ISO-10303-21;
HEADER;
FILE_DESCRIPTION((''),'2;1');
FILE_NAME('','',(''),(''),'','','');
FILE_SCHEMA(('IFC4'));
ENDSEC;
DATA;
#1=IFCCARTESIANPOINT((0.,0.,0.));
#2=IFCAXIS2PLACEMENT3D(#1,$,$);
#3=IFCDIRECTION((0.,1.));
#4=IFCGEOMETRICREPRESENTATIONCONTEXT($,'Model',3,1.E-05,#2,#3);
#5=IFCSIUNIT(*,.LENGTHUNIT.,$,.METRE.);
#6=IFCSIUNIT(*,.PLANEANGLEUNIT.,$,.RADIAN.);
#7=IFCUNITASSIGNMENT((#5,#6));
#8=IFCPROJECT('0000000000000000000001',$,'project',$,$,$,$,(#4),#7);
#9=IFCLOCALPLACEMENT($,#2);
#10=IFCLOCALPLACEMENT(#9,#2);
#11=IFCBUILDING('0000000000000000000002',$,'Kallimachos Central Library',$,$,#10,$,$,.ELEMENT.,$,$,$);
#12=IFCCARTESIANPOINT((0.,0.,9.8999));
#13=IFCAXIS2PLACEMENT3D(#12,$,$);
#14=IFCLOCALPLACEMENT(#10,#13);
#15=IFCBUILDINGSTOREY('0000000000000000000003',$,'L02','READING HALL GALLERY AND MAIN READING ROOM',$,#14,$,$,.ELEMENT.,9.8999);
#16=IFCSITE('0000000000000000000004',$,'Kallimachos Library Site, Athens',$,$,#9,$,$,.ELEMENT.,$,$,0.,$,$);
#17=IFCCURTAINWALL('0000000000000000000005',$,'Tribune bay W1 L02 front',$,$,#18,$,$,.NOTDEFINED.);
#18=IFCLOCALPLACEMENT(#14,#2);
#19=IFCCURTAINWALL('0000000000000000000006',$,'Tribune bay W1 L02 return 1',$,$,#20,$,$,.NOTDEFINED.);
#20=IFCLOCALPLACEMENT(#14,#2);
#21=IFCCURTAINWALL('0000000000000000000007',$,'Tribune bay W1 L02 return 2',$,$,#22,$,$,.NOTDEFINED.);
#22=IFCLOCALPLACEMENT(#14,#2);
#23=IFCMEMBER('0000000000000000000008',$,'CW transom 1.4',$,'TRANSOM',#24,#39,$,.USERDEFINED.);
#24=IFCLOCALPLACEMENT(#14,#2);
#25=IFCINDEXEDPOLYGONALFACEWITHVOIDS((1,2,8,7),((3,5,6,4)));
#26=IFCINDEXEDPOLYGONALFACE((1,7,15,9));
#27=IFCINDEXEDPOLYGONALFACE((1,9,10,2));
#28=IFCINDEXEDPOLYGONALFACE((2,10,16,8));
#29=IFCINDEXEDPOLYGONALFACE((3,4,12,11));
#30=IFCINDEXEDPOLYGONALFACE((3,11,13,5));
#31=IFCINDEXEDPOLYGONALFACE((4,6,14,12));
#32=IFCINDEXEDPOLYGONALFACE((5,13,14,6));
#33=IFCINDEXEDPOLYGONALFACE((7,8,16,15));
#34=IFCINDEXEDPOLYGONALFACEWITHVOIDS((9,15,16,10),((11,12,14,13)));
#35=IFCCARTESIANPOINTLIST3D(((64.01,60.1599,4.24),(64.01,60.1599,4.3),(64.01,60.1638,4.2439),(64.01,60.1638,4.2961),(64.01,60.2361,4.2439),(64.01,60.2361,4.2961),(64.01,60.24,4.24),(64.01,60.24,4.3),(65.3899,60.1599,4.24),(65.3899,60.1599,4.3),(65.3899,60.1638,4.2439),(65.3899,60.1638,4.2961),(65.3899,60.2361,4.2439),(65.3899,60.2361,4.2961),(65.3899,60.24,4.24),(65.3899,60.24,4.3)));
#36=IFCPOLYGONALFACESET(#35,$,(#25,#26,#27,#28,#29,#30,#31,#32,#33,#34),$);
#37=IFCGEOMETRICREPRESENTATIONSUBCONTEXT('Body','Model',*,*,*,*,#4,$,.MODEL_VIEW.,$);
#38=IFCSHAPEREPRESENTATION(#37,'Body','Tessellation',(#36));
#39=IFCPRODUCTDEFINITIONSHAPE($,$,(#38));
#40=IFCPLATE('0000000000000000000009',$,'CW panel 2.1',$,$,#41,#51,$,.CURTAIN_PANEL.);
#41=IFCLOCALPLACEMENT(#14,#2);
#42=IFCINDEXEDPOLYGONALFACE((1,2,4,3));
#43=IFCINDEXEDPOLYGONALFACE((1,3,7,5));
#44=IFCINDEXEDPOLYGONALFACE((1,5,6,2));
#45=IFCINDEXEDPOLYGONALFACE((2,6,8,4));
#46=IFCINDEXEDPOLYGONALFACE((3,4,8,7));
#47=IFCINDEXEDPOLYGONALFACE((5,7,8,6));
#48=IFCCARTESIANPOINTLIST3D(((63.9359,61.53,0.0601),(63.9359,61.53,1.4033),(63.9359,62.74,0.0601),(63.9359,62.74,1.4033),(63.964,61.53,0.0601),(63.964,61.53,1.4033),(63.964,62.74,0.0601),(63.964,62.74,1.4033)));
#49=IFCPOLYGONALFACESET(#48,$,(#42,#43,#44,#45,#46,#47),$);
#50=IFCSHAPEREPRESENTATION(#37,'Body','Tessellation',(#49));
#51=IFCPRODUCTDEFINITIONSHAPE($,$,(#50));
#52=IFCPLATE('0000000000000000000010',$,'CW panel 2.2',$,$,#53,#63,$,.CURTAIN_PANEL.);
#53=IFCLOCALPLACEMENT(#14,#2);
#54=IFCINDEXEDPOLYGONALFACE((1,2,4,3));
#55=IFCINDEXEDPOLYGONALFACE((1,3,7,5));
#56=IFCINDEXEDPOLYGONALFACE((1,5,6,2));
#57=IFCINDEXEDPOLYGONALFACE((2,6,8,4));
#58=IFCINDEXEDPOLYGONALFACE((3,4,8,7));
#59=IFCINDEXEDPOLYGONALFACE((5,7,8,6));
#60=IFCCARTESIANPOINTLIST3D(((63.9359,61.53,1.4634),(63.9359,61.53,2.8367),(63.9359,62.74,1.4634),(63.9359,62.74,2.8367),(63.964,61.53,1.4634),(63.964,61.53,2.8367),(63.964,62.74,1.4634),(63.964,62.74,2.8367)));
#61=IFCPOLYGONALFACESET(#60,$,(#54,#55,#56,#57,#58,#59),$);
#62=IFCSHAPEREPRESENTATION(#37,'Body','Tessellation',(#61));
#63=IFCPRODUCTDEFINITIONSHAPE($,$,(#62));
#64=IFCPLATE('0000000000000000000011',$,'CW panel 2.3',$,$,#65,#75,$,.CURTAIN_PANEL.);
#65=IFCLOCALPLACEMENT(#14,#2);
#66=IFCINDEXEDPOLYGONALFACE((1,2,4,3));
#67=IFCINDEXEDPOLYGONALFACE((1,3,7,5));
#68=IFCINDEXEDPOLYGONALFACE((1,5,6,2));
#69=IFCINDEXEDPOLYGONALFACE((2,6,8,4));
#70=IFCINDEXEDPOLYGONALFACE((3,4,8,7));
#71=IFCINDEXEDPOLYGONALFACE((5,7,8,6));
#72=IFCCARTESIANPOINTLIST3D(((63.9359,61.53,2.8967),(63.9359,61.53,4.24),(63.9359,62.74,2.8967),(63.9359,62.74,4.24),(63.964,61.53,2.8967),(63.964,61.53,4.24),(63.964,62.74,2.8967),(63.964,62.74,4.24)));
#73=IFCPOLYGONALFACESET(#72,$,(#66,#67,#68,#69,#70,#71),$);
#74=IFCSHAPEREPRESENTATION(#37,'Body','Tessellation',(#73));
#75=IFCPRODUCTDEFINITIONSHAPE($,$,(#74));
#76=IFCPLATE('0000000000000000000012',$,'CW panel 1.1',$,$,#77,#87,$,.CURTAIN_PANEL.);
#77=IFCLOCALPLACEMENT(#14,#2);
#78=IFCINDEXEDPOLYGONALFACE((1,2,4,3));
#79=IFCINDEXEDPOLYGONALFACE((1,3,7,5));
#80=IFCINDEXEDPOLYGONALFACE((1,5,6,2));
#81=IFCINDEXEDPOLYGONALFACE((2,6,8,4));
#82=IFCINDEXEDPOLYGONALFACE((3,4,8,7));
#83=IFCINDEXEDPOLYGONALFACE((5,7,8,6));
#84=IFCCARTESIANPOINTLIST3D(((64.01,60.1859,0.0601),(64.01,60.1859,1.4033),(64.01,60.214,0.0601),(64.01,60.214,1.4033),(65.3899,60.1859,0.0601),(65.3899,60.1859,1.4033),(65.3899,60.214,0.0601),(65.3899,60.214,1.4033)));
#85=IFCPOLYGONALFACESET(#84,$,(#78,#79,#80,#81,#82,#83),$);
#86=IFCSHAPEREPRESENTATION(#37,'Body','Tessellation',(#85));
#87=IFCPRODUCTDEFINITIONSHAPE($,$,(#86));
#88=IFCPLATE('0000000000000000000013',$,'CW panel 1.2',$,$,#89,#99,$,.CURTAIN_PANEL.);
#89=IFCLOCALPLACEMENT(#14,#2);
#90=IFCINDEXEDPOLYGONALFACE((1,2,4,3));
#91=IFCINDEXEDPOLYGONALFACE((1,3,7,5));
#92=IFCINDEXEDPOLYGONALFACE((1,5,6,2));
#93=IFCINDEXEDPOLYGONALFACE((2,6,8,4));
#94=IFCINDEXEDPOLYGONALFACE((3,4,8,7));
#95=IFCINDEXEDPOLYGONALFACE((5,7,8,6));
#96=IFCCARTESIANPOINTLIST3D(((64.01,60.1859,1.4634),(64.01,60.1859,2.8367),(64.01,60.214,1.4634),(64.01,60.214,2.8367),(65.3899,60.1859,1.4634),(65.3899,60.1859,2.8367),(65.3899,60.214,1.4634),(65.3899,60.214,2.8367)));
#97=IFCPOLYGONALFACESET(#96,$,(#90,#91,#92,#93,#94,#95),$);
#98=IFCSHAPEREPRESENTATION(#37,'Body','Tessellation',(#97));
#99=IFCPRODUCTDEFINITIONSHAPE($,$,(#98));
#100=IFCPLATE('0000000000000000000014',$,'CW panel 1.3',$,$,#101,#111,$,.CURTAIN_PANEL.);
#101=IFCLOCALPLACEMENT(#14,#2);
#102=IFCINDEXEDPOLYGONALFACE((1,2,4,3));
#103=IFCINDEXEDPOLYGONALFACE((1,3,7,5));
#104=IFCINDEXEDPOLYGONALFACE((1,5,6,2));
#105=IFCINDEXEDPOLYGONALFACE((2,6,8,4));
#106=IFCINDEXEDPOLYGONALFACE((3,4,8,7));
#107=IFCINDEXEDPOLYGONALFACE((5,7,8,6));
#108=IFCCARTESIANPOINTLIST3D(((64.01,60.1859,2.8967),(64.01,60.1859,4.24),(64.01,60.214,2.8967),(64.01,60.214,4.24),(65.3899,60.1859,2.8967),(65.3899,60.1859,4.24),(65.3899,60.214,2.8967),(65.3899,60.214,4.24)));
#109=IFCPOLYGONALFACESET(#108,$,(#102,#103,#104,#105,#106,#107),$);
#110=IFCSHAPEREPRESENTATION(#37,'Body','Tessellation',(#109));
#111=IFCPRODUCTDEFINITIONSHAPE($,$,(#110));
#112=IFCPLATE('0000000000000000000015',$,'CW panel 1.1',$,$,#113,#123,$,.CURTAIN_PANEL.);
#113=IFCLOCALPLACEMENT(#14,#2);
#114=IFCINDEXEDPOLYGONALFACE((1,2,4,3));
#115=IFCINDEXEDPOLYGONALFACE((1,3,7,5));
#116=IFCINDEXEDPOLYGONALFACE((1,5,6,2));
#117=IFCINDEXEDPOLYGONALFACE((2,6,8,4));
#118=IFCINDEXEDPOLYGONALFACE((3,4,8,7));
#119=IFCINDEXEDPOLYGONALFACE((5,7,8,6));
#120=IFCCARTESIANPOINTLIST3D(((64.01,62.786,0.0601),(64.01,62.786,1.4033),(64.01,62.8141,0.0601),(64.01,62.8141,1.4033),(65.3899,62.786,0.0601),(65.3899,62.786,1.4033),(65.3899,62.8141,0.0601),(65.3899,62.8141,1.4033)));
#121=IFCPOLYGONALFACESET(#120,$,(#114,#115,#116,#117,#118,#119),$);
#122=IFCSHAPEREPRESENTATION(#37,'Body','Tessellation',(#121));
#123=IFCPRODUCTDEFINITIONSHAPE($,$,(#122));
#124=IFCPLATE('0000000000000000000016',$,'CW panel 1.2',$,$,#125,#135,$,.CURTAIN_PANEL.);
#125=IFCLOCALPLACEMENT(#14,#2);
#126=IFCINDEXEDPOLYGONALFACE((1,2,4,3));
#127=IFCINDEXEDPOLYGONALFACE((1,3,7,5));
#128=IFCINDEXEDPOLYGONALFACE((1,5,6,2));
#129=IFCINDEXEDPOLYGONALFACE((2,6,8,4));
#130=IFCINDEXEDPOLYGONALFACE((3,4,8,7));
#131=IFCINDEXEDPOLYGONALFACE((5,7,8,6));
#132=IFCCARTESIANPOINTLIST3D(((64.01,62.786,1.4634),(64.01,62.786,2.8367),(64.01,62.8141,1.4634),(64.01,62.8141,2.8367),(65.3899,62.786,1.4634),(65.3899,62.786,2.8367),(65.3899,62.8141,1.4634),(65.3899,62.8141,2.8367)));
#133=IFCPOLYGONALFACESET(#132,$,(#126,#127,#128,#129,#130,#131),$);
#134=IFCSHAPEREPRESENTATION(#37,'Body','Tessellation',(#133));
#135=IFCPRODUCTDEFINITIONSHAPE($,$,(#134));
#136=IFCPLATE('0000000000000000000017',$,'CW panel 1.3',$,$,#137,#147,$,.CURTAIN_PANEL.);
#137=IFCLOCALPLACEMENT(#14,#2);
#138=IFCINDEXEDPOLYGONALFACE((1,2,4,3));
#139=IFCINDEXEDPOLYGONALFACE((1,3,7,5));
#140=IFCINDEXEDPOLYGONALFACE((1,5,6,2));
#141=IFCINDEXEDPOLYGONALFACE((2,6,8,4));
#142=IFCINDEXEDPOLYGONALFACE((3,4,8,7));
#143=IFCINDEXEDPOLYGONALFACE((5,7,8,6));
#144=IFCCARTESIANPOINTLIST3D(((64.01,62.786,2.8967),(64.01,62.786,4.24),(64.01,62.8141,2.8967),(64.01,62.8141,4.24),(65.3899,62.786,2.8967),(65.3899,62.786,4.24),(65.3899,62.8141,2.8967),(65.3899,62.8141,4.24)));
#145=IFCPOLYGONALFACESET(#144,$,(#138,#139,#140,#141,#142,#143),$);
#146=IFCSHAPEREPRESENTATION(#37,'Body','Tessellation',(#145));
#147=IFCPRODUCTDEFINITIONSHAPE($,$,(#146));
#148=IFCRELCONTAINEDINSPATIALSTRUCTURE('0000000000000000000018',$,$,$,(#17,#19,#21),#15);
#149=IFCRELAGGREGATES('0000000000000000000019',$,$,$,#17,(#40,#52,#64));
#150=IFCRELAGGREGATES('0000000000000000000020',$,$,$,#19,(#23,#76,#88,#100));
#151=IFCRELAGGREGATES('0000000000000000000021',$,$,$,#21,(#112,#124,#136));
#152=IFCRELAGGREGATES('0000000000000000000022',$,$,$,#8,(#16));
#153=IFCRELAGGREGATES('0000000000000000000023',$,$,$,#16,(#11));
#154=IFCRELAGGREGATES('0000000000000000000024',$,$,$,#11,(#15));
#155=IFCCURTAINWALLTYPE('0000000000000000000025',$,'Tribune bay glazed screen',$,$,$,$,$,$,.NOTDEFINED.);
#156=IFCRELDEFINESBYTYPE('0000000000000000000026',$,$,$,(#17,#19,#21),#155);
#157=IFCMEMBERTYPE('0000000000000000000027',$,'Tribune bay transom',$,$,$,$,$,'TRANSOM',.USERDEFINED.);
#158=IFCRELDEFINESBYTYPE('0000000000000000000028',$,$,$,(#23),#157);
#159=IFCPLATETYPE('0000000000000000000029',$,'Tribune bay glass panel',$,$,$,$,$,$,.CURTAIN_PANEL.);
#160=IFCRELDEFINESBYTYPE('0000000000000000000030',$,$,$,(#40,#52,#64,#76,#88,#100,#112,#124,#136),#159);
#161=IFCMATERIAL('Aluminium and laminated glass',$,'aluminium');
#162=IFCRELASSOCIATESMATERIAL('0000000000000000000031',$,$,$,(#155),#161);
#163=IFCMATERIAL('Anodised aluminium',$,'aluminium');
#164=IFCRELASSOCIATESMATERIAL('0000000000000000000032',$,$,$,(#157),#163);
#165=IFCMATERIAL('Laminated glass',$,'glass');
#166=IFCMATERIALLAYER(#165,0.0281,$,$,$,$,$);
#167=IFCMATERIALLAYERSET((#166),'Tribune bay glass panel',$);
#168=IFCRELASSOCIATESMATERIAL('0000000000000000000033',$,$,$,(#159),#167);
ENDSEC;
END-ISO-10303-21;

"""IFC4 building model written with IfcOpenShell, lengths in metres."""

from ifc_helpers import new_model, si_unit, direction, frame, origin, origin_2d, place, context, subcontext, project, spatial, rectangle, hollow_rectangle, extrude, material, layer, layer_set, material_profile, profile_set, type_object, element, aggregate, save


model = new_model("IFC4")

# Units and contexts
model_context = context("Model", 3, precision=1e-05, world=origin(), true_north=direction((0.0, 1.0)))
body_context = subcontext(model_context, "Body", "Model", "MODEL_VIEW")
ifc_project = project(units=[si_unit("LENGTHUNIT", "METRE"), si_unit("PLANEANGLEUNIT", "RADIAN")], contexts=[model_context])

# Site, building, storey
site_placement = place(None, origin())
site = spatial("IfcSite", under=ifc_project, at=site_placement, Name="Kallimachos Library Site, Athens", CompositionType="ELEMENT", RefElevation=0.0)
building_placement = place(site_placement, origin())
building = spatial("IfcBuilding", under=site, at=building_placement, Name="Kallimachos Central Library", CompositionType="ELEMENT")
storey_placement = place(building_placement, frame((0.0, 0.0, 9.8999)))
storey = spatial("IfcBuildingStorey", under=building, at=storey_placement, Name="L02", Description="READING HALL GALLERY AND MAIN READING ROOM", CompositionType="ELEMENT", Elevation=9.8999)

# Curtain wall
ifc_material_1 = material(Name="Aluminium and laminated glass", Category="aluminium")
curtain_wall_type = type_object("IfcCurtainWallType", Name="Tribune bay glazed screen", PredefinedType="NOTDEFINED", material=ifc_material_1)
curtain_wall_1_placement = place(storey_placement, origin())
curtain_wall_1 = element("IfcCurtainWall", 1, at=curtain_wall_1_placement, inside=storey, type_object=curtain_wall_type, Name="Tribune bay W1 L02 front", PredefinedType="NOTDEFINED")

# Curtain wall
curtain_wall_2_placement = place(storey_placement, origin())
curtain_wall_2 = element("IfcCurtainWall", 2, at=curtain_wall_2_placement, inside=storey, type_object=curtain_wall_type, Name="Tribune bay W1 L02 return 1", PredefinedType="NOTDEFINED")

# Curtain wall
curtain_wall_3_placement = place(storey_placement, origin())
curtain_wall_3 = element("IfcCurtainWall", 3, at=curtain_wall_3_placement, inside=storey, type_object=curtain_wall_type, Name="Tribune bay W1 L02 return 2", PredefinedType="NOTDEFINED")

# Member
ifc_material_2 = material(Name="Anodised aluminium", Category="aluminium")
ifc_material_profile_1 = material_profile(ifc_material_2, hollow_rectangle(XDim=0.0601, YDim=0.0801, WallThickness=0.0039, at=origin_2d()), Name="ALU TRANSOM 60x80")
ifc_profile_set_1 = profile_set([ifc_material_profile_1], Name="Anodised aluminium")
member_type_1 = type_object("IfcMemberType", Name="Tribune bay transom", ElementType="TRANSOM", PredefinedType="USERDEFINED", material=ifc_profile_set_1)
member_1_placement = place(storey_placement, frame((65.3899, 60.2, 4.27), z_axis=(-1.0, 0.0, 0.0), x_axis=(0.0, 0.0, 1.0)))
member_1 = element("IfcMember", 4, at=member_1_placement, type_object=member_type_1, Name="CW transom 1.4", ObjectType="TRANSOM", PredefinedType="USERDEFINED", context=body_context, shape_type="SweptSolid", body=[
    extrude(hollow_rectangle(XDim=0.0601, YDim=0.0801, WallThickness=0.0039, at=origin_2d()), origin(), (0.0, 0.0, 1.0), 1.3799),
])

# Plates
ifc_material_3 = material(Name="Laminated glass", Category="glass")
ifc_layer = layer(ifc_material_3, 0.0281)
ifc_layer_set = layer_set([ifc_layer], Name="Tribune bay glass panel")
plate_type = type_object("IfcPlateType", Name="Tribune bay glass panel", PredefinedType="CURTAIN_PANEL", material=ifc_layer_set)
plate_1_placement = place(storey_placement, frame((63.95, 62.135, 0.0601), z_axis=(0.0, 0.0, 1.0), x_axis=(0.0, 1.0, 0.0)))
plate_1 = element("IfcPlate", 5, at=plate_1_placement, type_object=plate_type, Name="CW panel 2.1", PredefinedType="CURTAIN_PANEL", context=body_context, shape_type="SweptSolid", body=[
    extrude(rectangle(XDim=1.21, YDim=0.0281, at=origin_2d()), origin(), (0.0, 0.0, 1.0), 1.3433),
])
plate_2_placement = place(storey_placement, frame((63.95, 62.135, 1.4634), z_axis=(0.0, 0.0, 1.0), x_axis=(0.0, 1.0, 0.0)))
plate_2 = element("IfcPlate", 6, at=plate_2_placement, type_object=plate_type, Name="CW panel 2.2", PredefinedType="CURTAIN_PANEL", context=body_context, shape_type="SweptSolid", body=[
    extrude(rectangle(XDim=1.21, YDim=0.0281, at=origin_2d()), origin(), (0.0, 0.0, 1.0), 1.3733),
])
plate_3_placement = place(storey_placement, frame((63.95, 62.135, 2.8967), z_axis=(0.0, 0.0, 1.0), x_axis=(0.0, 1.0, 0.0)))
plate_3 = element("IfcPlate", 7, at=plate_3_placement, type_object=plate_type, Name="CW panel 2.3", PredefinedType="CURTAIN_PANEL", context=body_context, shape_type="SweptSolid", body=[
    extrude(rectangle(XDim=1.21, YDim=0.0281, at=origin_2d()), origin(), (0.0, 0.0, 1.0), 1.3433),
])
aggregate(curtain_wall_1, [plate_1, plate_2, plate_3])
plate_4_placement = place(storey_placement, frame((64.7, 60.2, 0.0601), z_axis=(0.0, 0.0, 1.0), x_axis=(-1.0, 0.0, 0.0)))
plate_4 = element("IfcPlate", 8, at=plate_4_placement, type_object=plate_type, Name="CW panel 1.1", PredefinedType="CURTAIN_PANEL", context=body_context, shape_type="SweptSolid", body=[
    extrude(rectangle(XDim=1.3799, YDim=0.0281, at=origin_2d()), origin(), (0.0, 0.0, 1.0), 1.3433),
])
plate_5_placement = place(storey_placement, frame((64.7, 60.2, 1.4634), z_axis=(0.0, 0.0, 1.0), x_axis=(-1.0, 0.0, 0.0)))
plate_5 = element("IfcPlate", 9, at=plate_5_placement, type_object=plate_type, Name="CW panel 1.2", PredefinedType="CURTAIN_PANEL", context=body_context, shape_type="SweptSolid", body=[
    extrude(rectangle(XDim=1.3799, YDim=0.0281, at=origin_2d()), origin(), (0.0, 0.0, 1.0), 1.3733),
])
plate_6_placement = place(storey_placement, frame((64.7, 60.2, 2.8967), z_axis=(0.0, 0.0, 1.0), x_axis=(-1.0, 0.0, 0.0)))
plate_6 = element("IfcPlate", 10, at=plate_6_placement, type_object=plate_type, Name="CW panel 1.3", PredefinedType="CURTAIN_PANEL", context=body_context, shape_type="SweptSolid", body=[
    extrude(rectangle(XDim=1.3799, YDim=0.0281, at=origin_2d()), origin(), (0.0, 0.0, 1.0), 1.3433),
])
aggregate(curtain_wall_2, [member_1, plate_4, plate_5, plate_6])
plate_7_placement = place(storey_placement, frame((64.7, 62.8, 0.0601), z_axis=(0.0, 0.0, 1.0), x_axis=(-1.0, 0.0, 0.0)))
plate_7 = element("IfcPlate", 11, at=plate_7_placement, type_object=plate_type, Name="CW panel 1.1", PredefinedType="CURTAIN_PANEL", context=body_context, shape_type="SweptSolid", body=[
    extrude(rectangle(XDim=1.3799, YDim=0.0281, at=origin_2d()), origin(), (0.0, 0.0, 1.0), 1.3433),
])
plate_8_placement = place(storey_placement, frame((64.7, 62.8, 1.4634), z_axis=(0.0, 0.0, 1.0), x_axis=(-1.0, 0.0, 0.0)))
plate_8 = element("IfcPlate", 12, at=plate_8_placement, type_object=plate_type, Name="CW panel 1.2", PredefinedType="CURTAIN_PANEL", context=body_context, shape_type="SweptSolid", body=[
    extrude(rectangle(XDim=1.3799, YDim=0.0281, at=origin_2d()), origin(), (0.0, 0.0, 1.0), 1.3733),
])
plate_9_placement = place(storey_placement, frame((64.7, 62.8, 2.8967), z_axis=(0.0, 0.0, 1.0), x_axis=(-1.0, 0.0, 0.0)))
plate_9 = element("IfcPlate", 13, at=plate_9_placement, type_object=plate_type, Name="CW panel 1.3", PredefinedType="CURTAIN_PANEL", context=body_context, shape_type="SweptSolid", body=[
    extrude(rectangle(XDim=1.3799, YDim=0.0281, at=origin_2d()), origin(), (0.0, 0.0, 1.0), 1.3433),
])
aggregate(curtain_wall_3, [plate_7, plate_8, plate_9])

save(model, "model.ifc")
